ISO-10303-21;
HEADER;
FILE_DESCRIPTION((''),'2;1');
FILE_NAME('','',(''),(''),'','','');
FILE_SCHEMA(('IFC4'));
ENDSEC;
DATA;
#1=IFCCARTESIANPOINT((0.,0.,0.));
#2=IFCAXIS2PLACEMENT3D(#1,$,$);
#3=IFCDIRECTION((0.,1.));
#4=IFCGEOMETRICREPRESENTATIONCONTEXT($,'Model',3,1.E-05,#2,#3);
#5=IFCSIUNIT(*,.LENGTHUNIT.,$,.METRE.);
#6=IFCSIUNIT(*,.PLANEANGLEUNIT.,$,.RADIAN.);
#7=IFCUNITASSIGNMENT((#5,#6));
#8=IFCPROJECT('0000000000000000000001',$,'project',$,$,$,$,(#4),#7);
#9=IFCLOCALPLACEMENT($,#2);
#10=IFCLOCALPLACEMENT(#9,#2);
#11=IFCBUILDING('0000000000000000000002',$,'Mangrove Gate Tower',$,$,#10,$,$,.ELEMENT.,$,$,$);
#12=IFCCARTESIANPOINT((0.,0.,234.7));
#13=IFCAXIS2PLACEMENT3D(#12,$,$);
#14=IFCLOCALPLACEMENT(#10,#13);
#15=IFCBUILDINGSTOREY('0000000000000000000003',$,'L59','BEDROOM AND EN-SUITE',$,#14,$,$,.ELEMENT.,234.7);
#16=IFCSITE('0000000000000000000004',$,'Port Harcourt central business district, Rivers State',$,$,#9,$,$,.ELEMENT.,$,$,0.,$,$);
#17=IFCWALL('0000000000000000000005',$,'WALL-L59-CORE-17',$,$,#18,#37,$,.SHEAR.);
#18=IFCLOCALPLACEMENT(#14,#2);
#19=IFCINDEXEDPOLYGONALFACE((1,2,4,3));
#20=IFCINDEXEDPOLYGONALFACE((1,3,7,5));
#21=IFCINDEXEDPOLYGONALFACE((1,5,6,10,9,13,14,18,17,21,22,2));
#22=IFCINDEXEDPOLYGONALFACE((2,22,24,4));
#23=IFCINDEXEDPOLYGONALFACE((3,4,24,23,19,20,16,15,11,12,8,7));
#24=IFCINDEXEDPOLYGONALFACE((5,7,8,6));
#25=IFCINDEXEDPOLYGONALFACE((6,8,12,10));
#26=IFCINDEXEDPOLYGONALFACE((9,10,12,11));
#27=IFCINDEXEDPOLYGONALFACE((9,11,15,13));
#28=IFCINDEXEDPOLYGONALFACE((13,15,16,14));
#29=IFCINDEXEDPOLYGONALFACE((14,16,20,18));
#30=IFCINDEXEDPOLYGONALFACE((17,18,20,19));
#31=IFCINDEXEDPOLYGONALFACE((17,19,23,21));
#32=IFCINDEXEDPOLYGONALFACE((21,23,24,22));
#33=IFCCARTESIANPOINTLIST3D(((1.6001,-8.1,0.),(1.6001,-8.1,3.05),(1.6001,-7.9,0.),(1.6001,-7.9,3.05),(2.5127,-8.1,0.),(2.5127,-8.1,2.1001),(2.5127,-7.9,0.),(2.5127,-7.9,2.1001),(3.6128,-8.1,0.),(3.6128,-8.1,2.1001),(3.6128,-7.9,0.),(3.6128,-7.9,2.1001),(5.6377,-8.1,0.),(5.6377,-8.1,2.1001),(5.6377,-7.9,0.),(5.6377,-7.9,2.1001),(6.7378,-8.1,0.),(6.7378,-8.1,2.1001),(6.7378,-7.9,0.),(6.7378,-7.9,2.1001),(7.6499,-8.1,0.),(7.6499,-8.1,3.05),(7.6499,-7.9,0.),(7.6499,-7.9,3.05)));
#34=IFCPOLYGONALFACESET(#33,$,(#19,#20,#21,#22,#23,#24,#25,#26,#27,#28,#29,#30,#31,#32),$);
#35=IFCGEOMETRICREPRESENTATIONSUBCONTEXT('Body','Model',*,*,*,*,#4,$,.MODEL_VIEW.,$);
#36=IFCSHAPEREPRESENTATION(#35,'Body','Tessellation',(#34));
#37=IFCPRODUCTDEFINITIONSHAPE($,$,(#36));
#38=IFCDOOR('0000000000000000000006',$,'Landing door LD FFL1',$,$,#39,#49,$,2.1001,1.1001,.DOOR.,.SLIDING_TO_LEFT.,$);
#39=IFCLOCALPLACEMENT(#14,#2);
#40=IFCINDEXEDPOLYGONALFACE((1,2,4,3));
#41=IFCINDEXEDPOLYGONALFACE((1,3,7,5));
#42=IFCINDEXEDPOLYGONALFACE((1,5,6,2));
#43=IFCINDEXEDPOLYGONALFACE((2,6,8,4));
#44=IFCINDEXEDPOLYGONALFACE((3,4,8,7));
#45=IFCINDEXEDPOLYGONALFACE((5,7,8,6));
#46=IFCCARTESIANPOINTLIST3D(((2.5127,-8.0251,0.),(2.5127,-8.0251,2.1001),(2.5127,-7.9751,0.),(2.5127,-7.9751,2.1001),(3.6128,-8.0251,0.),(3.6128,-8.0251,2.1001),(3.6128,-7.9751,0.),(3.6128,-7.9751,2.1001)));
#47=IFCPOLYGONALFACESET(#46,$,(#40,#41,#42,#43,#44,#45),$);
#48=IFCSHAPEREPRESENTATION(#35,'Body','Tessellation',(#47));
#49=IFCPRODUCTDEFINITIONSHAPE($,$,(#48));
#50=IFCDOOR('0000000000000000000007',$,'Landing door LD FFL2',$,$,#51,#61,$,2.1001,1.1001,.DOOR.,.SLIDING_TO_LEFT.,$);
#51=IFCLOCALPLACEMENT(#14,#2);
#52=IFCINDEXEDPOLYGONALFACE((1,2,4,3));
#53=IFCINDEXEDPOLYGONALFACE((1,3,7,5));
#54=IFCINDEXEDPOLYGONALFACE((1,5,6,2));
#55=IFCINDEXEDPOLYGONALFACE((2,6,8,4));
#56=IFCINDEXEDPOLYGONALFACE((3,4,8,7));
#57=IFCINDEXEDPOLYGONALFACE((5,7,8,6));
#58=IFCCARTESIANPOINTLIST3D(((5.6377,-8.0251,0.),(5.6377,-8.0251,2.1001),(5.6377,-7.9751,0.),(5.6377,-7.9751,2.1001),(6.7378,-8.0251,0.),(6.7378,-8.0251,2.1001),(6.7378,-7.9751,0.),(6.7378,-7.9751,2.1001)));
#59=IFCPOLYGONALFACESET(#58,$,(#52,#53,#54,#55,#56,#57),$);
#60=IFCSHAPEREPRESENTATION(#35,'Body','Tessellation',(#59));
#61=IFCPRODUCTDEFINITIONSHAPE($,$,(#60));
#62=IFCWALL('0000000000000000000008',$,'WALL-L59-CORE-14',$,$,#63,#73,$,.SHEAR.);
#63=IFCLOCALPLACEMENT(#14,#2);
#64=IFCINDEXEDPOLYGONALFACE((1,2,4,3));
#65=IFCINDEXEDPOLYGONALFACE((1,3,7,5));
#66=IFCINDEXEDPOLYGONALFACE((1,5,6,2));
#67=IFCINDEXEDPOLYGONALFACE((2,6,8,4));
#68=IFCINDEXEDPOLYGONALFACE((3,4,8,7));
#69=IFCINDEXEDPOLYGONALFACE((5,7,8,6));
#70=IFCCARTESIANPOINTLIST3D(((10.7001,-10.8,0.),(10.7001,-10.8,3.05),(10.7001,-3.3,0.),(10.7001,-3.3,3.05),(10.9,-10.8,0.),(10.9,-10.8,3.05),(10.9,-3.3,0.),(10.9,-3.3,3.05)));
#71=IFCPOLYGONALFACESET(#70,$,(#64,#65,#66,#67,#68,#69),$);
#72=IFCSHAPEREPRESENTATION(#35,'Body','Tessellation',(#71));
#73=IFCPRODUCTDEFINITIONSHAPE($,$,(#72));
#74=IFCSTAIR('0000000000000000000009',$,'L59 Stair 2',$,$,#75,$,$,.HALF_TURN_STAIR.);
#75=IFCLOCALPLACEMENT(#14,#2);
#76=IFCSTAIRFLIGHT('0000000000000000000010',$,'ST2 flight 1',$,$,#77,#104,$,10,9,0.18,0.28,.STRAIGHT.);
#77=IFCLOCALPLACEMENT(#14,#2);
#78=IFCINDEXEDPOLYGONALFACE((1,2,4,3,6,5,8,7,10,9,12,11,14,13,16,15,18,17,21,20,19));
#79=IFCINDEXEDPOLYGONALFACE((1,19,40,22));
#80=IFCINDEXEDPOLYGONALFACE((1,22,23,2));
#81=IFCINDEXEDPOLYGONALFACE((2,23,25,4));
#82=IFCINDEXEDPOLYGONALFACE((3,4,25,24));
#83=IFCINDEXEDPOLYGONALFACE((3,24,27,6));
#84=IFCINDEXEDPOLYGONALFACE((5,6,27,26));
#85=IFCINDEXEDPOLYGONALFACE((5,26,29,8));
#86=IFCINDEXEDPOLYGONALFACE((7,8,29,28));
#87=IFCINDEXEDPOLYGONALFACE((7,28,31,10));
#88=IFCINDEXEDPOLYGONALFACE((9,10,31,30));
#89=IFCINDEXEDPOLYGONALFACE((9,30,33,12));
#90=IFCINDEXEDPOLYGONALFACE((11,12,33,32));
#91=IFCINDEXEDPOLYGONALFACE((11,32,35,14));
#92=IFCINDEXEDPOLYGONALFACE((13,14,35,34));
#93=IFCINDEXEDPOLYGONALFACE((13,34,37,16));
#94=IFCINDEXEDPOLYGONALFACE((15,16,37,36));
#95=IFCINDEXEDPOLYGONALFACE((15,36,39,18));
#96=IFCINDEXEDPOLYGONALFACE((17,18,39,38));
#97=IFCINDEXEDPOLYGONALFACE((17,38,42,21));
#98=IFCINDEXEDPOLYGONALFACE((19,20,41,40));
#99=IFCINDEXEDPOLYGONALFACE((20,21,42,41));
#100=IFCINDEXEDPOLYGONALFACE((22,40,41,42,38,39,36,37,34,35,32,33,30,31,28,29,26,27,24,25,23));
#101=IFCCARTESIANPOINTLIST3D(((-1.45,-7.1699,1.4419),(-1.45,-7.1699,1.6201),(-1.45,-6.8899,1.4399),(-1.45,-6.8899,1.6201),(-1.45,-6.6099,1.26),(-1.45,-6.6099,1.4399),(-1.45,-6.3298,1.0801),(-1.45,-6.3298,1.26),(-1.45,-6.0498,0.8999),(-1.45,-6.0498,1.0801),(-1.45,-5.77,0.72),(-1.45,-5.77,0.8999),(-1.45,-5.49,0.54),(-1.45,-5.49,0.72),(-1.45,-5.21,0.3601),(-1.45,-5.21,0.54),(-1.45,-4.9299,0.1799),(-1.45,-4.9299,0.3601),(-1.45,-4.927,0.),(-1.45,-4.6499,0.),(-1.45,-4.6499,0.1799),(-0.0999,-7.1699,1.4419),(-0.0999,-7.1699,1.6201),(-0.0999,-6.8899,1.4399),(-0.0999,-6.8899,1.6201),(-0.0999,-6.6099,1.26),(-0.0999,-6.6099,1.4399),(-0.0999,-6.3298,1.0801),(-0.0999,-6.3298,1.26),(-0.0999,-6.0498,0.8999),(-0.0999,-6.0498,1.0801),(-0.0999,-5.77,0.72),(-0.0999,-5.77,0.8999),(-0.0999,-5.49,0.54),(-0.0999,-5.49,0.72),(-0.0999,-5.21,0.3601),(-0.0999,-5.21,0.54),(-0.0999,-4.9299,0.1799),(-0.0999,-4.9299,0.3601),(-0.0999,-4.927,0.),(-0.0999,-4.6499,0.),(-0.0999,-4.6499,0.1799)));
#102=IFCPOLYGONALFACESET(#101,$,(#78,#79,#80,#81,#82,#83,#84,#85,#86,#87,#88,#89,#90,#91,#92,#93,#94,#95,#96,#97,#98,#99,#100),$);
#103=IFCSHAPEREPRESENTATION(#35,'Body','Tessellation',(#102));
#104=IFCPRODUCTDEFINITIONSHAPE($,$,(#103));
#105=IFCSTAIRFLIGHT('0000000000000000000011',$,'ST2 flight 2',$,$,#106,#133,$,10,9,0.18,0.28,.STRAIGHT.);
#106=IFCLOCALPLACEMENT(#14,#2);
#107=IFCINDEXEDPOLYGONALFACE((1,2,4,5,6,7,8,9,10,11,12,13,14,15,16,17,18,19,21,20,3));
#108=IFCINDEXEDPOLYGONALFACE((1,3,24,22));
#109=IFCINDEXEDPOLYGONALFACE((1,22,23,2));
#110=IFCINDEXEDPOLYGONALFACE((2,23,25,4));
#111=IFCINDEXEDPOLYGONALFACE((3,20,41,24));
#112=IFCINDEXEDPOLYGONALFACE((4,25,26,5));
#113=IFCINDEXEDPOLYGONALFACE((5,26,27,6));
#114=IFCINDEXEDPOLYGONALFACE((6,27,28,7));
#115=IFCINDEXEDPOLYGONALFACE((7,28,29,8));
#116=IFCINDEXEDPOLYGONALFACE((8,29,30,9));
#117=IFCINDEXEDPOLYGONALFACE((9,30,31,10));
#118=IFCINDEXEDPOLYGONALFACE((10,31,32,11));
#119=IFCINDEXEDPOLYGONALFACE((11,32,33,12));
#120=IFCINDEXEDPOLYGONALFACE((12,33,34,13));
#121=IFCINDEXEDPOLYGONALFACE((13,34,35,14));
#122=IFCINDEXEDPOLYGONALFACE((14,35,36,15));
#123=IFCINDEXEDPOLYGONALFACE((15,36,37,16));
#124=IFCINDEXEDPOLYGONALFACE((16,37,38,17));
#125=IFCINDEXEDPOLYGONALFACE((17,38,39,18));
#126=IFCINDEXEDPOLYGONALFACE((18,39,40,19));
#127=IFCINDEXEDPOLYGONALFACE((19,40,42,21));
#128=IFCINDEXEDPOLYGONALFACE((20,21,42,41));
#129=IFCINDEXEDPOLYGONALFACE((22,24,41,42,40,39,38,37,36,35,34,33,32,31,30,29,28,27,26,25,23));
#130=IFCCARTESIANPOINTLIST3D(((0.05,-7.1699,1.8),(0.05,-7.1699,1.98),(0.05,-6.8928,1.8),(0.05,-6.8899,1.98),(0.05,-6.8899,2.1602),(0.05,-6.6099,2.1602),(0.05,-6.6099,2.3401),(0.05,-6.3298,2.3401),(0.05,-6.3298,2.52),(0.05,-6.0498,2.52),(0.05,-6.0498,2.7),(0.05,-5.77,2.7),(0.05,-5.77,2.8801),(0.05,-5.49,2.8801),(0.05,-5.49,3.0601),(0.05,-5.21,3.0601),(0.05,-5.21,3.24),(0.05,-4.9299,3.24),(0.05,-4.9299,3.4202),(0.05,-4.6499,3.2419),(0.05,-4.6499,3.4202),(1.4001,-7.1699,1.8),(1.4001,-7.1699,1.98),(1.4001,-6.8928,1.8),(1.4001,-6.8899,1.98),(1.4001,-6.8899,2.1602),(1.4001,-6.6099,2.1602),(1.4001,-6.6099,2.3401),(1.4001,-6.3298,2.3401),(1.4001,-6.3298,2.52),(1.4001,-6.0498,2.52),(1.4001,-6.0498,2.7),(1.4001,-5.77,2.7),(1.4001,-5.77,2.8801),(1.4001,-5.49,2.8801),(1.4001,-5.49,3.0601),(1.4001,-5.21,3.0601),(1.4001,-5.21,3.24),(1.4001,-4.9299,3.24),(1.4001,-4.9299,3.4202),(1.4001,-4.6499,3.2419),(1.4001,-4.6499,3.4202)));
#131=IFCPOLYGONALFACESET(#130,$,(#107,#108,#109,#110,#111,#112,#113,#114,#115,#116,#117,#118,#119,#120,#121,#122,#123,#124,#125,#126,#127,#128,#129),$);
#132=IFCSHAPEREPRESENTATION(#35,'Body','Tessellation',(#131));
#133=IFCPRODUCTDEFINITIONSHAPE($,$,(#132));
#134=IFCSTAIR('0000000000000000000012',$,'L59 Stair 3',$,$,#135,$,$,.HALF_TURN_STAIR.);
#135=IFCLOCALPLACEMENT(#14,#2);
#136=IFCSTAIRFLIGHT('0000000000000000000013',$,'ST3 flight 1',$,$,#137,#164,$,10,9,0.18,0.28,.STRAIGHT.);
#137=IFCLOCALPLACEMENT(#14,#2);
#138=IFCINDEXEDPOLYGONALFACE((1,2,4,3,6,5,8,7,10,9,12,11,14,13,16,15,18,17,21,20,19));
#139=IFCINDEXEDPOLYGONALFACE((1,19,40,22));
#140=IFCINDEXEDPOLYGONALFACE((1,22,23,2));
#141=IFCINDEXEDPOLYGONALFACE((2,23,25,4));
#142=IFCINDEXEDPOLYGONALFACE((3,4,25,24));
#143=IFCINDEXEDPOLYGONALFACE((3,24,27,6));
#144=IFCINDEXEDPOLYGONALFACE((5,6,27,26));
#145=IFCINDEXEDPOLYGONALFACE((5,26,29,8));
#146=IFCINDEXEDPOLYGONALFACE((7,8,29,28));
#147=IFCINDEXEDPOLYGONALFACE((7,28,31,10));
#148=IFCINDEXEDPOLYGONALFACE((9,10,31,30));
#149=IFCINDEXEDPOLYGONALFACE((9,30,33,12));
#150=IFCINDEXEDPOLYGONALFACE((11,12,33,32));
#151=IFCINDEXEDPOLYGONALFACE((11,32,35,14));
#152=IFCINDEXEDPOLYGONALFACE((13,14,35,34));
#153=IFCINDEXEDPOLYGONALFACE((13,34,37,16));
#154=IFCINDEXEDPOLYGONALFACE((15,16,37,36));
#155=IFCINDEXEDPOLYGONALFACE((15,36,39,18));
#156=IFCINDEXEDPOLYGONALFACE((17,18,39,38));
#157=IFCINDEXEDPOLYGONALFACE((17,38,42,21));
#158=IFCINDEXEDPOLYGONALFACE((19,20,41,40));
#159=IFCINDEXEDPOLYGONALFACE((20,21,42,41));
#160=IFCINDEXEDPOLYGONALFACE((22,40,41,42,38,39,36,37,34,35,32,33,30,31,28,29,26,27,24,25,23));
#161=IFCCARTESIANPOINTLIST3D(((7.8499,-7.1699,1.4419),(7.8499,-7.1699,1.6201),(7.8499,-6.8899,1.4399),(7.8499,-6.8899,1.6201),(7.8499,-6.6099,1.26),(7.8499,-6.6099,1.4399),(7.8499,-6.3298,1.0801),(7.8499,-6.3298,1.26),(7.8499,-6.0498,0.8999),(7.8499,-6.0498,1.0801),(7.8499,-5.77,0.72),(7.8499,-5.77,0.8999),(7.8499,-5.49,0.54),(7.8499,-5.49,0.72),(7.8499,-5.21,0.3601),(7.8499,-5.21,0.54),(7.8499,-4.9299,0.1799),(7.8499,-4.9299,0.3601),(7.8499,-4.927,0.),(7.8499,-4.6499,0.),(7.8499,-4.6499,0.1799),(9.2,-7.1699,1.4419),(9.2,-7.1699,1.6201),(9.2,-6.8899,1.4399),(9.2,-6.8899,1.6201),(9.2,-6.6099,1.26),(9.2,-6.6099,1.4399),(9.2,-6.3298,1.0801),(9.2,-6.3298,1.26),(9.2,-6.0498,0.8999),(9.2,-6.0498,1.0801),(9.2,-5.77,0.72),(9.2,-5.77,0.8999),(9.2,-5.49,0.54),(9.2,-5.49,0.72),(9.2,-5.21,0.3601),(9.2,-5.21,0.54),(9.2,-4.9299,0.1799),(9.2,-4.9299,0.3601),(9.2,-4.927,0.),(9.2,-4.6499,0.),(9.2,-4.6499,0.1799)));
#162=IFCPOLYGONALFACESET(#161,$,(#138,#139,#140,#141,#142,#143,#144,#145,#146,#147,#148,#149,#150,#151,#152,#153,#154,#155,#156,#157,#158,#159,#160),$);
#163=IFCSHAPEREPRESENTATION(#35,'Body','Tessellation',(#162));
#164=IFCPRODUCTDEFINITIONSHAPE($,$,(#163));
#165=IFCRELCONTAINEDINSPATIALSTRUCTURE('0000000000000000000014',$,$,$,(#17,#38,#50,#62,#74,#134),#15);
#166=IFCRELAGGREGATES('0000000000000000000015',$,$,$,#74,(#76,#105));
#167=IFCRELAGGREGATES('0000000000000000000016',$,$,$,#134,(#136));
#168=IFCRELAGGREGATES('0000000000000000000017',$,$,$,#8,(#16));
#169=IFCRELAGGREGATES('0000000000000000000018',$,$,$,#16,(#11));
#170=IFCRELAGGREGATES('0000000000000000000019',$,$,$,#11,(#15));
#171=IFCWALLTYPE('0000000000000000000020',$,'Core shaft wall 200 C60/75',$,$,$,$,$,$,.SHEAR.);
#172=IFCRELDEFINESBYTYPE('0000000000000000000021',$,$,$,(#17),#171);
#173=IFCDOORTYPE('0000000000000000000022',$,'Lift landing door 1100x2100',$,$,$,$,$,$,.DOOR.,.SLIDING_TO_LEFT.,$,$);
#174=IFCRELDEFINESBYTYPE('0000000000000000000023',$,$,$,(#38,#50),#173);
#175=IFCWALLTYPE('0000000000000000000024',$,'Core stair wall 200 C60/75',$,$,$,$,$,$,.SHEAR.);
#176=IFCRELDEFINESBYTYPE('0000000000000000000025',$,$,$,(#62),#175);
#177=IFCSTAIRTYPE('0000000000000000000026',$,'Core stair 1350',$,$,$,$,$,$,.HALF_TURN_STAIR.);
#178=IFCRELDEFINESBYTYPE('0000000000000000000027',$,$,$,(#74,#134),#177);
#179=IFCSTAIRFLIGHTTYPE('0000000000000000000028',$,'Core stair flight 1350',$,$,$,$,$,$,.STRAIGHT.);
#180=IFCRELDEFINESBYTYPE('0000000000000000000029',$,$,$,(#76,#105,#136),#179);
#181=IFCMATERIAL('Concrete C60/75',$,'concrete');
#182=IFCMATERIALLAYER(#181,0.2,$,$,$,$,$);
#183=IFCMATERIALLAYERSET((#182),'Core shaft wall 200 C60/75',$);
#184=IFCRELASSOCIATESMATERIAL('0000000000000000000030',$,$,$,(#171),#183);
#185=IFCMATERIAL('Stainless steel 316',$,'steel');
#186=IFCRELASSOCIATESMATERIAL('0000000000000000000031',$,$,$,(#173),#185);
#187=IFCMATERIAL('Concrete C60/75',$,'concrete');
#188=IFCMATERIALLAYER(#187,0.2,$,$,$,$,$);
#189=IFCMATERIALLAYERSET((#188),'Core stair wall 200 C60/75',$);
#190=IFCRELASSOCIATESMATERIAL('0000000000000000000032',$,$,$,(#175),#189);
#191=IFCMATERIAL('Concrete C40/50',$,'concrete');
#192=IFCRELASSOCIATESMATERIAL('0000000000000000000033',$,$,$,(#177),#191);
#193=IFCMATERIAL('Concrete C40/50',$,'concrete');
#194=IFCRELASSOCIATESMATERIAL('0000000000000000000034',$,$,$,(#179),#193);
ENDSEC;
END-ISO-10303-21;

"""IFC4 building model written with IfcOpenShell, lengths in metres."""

from ifc_helpers import new_model, si_unit, direction, frame, frame_2d, origin, place, context, subcontext, project, spatial, polyline, rectangle, outline, extrude, material, layer, layer_set, type_object, element, fill, aggregate, save


model = new_model("IFC4")

# Units and contexts
model_context = context("Model", 3, precision=1e-05, world=origin(), true_north=direction((0.0, 1.0)))
body_context = subcontext(model_context, "Body", "Model", "MODEL_VIEW")
ifc_project = project(units=[si_unit("LENGTHUNIT", "METRE"), si_unit("PLANEANGLEUNIT", "RADIAN")], contexts=[model_context])

# Site, building, storey
site_placement = place(None, origin())
site = spatial("IfcSite", under=ifc_project, at=site_placement, Name="Port Harcourt central business district, Rivers State", CompositionType="ELEMENT", RefElevation=0.0)
building_placement = place(site_placement, origin())
building = spatial("IfcBuilding", under=site, at=building_placement, Name="Mangrove Gate Tower", CompositionType="ELEMENT")
storey_placement = place(building_placement, frame((0.0, 0.0, 234.7)))
storey = spatial("IfcBuildingStorey", under=building, at=storey_placement, Name="L59", Description="BEDROOM AND EN-SUITE", CompositionType="ELEMENT", Elevation=234.7)

# Wall, openings, doors
ifc_material_1 = material(Name="Concrete C60/75", Category="concrete")
ifc_layer_1 = layer(ifc_material_1, 0.2)
ifc_layer_set_1 = layer_set([ifc_layer_1], Name="Core shaft wall 200 C60/75")
wall_type_1 = type_object("IfcWallType", Name="Core shaft wall 200 C60/75", PredefinedType="SHEAR", material=ifc_layer_set_1)
wall_1_placement = place(storey_placement, frame((1.6001, -8.0, 0.0), z_axis=(0.0, 0.0, 1.0), x_axis=(1.0, 0.0, 0.0)))
wall_1 = element("IfcWall", 1, at=wall_1_placement, inside=storey, type_object=wall_type_1, Name="WALL-L59-CORE-17", PredefinedType="SHEAR", context=body_context, shape_type="SweptSolid", body=[
    extrude(rectangle(XDim=6.0498, YDim=0.2, at=frame_2d((3.0249, 0.0))), origin(), (0.0, 0.0, 1.0), 3.05),
])
opening_1_placement = place(wall_1_placement, frame((0.9126, 0.0, 0.0)))
opening_1 = element("IfcOpeningElement", 2, at=opening_1_placement, cuts=wall_1, PredefinedType="OPENING", context=body_context, shape_type="SweptSolid", body=[
    extrude(rectangle(XDim=1.1001, YDim=2.1001, at=frame_2d((0.55, 1.05))), frame((0.0, 0.1099, 0.0), z_axis=(0.0, -1.0, 0.0), x_axis=(1.0, 0.0, 0.0)), (0.0, 0.0, 1.0), 0.22),
])
opening_2_placement = place(wall_1_placement, frame((4.0376, 0.0, 0.0)))
opening_2 = element("IfcOpeningElement", 3, at=opening_2_placement, cuts=wall_1, PredefinedType="OPENING", context=body_context, shape_type="SweptSolid", body=[
    extrude(rectangle(XDim=1.1001, YDim=2.1001, at=frame_2d((0.55, 1.05))), frame((0.0, 0.1099, 0.0), z_axis=(0.0, -1.0, 0.0), x_axis=(1.0, 0.0, 0.0)), (0.0, 0.0, 1.0), 0.22),
])
ifc_material_2 = material(Name="Stainless steel 316", Category="steel")
door_type = type_object("IfcDoorType", Name="Lift landing door 1100x2100", OperationType="SLIDING_TO_LEFT", PredefinedType="DOOR", material=ifc_material_2)
door_1_placement = place(opening_1_placement, origin())
door_1 = element("IfcDoor", 4, at=door_1_placement, inside=storey, type_object=door_type, Name="Landing door LD FFL1", OperationType="SLIDING_TO_LEFT", OverallHeight=2.1001, OverallWidth=1.1001, PredefinedType="DOOR", context=body_context, shape_type="SweptSolid", body=[
    extrude(rectangle(XDim=1.1001, YDim=2.1001, at=frame_2d((0.55, 1.05))), frame((0.0, 0.0249, 0.0), z_axis=(0.0, -1.0, 0.0), x_axis=(1.0, 0.0, 0.0)), (0.0, 0.0, 1.0), 0.05),
])
fill(opening_1, door_1)
door_2_placement = place(opening_2_placement, origin())
door_2 = element("IfcDoor", 5, at=door_2_placement, inside=storey, type_object=door_type, Name="Landing door LD FFL2", OperationType="SLIDING_TO_LEFT", OverallHeight=2.1001, OverallWidth=1.1001, PredefinedType="DOOR", context=body_context, shape_type="SweptSolid", body=[
    extrude(rectangle(XDim=1.1001, YDim=2.1001, at=frame_2d((0.55, 1.05))), frame((0.0, 0.0249, 0.0), z_axis=(0.0, -1.0, 0.0), x_axis=(1.0, 0.0, 0.0)), (0.0, 0.0, 1.0), 0.05),
])
fill(opening_2, door_2)

# Wall
ifc_material_3 = material(Name="Concrete C60/75", Category="concrete")
ifc_layer_2 = layer(ifc_material_3, 0.2)
ifc_layer_set_2 = layer_set([ifc_layer_2], Name="Core stair wall 200 C60/75")
wall_type_2 = type_object("IfcWallType", Name="Core stair wall 200 C60/75", PredefinedType="SHEAR", material=ifc_layer_set_2)
wall_2_placement = place(storey_placement, frame((10.8, -10.8, 0.0), z_axis=(0.0, 0.0, 1.0), x_axis=(0.0, 1.0, 0.0)))
element("IfcWall", 6, at=wall_2_placement, inside=storey, type_object=wall_type_2, Name="WALL-L59-CORE-14", PredefinedType="SHEAR", context=body_context, shape_type="SweptSolid", body=[
    extrude(rectangle(XDim=7.5, YDim=0.2, at=frame_2d((3.75, 0.0))), origin(), (0.0, 0.0, 1.0), 3.05),
])

# Stairs, stair flights
ifc_material_4 = material(Name="Concrete C40/50", Category="concrete")
stair_type = type_object("IfcStairType", Name="Core stair 1350", PredefinedType="HALF_TURN_STAIR", material=ifc_material_4)
stair_1_placement = place(storey_placement, origin())
stair_1 = element("IfcStair", 7, at=stair_1_placement, inside=storey, type_object=stair_type, Name="L59 Stair 2", PredefinedType="HALF_TURN_STAIR")
ifc_material_5 = material(Name="Concrete C40/50", Category="concrete")
stair_flight_type = type_object("IfcStairFlightType", Name="Core stair flight 1350", PredefinedType="STRAIGHT", material=ifc_material_5)
stair_flight_1_placement = place(storey_placement, frame((-0.7749, -4.6499, 0.0), z_axis=(0.0, 0.0, 1.0), x_axis=(0.0, -1.0, 0.0)))
stair_flight_1 = element("IfcStairFlight", 8, at=stair_flight_1_placement, type_object=stair_flight_type, Name="ST2 flight 1", NumberOfRisers=10, NumberOfTreads=9, PredefinedType="STRAIGHT", RiserHeight=0.18, TreadLength=0.28, context=body_context, shape_type="SweptSolid", body=[
    extrude(outline(polyline([(0.0, 0.0), (0.0, 0.1799), (0.28, 0.1799), (0.28, 0.3601), (0.5601, 0.3601), (0.5601, 0.54), (0.8401, 0.54), (0.8401, 0.72), (1.1201, 0.72), (1.1201, 0.8999), (1.3999, 0.8999), (1.3999, 1.0801), (1.6799, 1.0801), (1.6799, 1.26), (1.96, 1.26), (1.96, 1.4399), (2.24, 1.4399), (2.24, 1.6201), (2.52, 1.6201), (2.52, 1.8), (2.52, 1.4419), (0.2771, 0.0), (0.0, 0.0)])), frame((0.0, 0.675, 0.0), z_axis=(0.0, -1.0, 0.0), x_axis=(1.0, 0.0, 0.0)), (0.0, 0.0, 1.0), 1.3501),
])
stair_flight_2_placement = place(storey_placement, frame((0.7251, -7.1699, 1.8), z_axis=(0.0, 0.0, 1.0), x_axis=(0.0, 1.0, 0.0)))
stair_flight_2 = element("IfcStairFlight", 9, at=stair_flight_2_placement, type_object=stair_flight_type, Name="ST2 flight 2", NumberOfRisers=10, NumberOfTreads=9, PredefinedType="STRAIGHT", RiserHeight=0.18, TreadLength=0.28, context=body_context, shape_type="SweptSolid", body=[
    extrude(outline(polyline([(0.0, 0.0), (0.0, 0.1799), (0.28, 0.1799), (0.28, 0.3601), (0.5601, 0.3601), (0.5601, 0.54), (0.8401, 0.54), (0.8401, 0.72), (1.1201, 0.72), (1.1201, 0.8999), (1.3999, 0.8999), (1.3999, 1.0801), (1.6799, 1.0801), (1.6799, 1.26), (1.96, 1.26), (1.96, 1.4399), (2.24, 1.4399), (2.24, 1.6201), (2.52, 1.6201), (2.52, 1.8), (2.52, 1.4419), (0.2771, 0.0), (0.0, 0.0)])), frame((0.0, 0.675, 0.0), z_axis=(0.0, -1.0, 0.0), x_axis=(1.0, 0.0, 0.0)), (0.0, 0.0, 1.0), 1.3501),
])
aggregate(stair_1, [stair_flight_1, stair_flight_2])
stair_2_placement = place(storey_placement, origin())
stair_2 = element("IfcStair", 10, at=stair_2_placement, inside=storey, type_object=stair_type, Name="L59 Stair 3", PredefinedType="HALF_TURN_STAIR")
stair_flight_3_placement = place(storey_placement, frame((8.5249, -4.6499, 0.0), z_axis=(0.0, 0.0, 1.0), x_axis=(0.0, -1.0, 0.0)))
stair_flight_3 = element("IfcStairFlight", 11, at=stair_flight_3_placement, type_object=stair_flight_type, Name="ST3 flight 1", NumberOfRisers=10, NumberOfTreads=9, PredefinedType="STRAIGHT", RiserHeight=0.18, TreadLength=0.28, context=body_context, shape_type="SweptSolid", body=[
    extrude(outline(polyline([(0.0, 0.0), (0.0, 0.1799), (0.28, 0.1799), (0.28, 0.3601), (0.5601, 0.3601), (0.5601, 0.54), (0.8401, 0.54), (0.8401, 0.72), (1.1201, 0.72), (1.1201, 0.8999), (1.3999, 0.8999), (1.3999, 1.0801), (1.6799, 1.0801), (1.6799, 1.26), (1.96, 1.26), (1.96, 1.4399), (2.24, 1.4399), (2.24, 1.6201), (2.52, 1.6201), (2.52, 1.8), (2.52, 1.4419), (0.2771, 0.0), (0.0, 0.0)])), frame((0.0, 0.675, 0.0), z_axis=(0.0, -1.0, 0.0), x_axis=(1.0, 0.0, 0.0)), (0.0, 0.0, 1.0), 1.3501),
])
aggregate(stair_2, [stair_flight_3])

save(model, "model.ifc")
